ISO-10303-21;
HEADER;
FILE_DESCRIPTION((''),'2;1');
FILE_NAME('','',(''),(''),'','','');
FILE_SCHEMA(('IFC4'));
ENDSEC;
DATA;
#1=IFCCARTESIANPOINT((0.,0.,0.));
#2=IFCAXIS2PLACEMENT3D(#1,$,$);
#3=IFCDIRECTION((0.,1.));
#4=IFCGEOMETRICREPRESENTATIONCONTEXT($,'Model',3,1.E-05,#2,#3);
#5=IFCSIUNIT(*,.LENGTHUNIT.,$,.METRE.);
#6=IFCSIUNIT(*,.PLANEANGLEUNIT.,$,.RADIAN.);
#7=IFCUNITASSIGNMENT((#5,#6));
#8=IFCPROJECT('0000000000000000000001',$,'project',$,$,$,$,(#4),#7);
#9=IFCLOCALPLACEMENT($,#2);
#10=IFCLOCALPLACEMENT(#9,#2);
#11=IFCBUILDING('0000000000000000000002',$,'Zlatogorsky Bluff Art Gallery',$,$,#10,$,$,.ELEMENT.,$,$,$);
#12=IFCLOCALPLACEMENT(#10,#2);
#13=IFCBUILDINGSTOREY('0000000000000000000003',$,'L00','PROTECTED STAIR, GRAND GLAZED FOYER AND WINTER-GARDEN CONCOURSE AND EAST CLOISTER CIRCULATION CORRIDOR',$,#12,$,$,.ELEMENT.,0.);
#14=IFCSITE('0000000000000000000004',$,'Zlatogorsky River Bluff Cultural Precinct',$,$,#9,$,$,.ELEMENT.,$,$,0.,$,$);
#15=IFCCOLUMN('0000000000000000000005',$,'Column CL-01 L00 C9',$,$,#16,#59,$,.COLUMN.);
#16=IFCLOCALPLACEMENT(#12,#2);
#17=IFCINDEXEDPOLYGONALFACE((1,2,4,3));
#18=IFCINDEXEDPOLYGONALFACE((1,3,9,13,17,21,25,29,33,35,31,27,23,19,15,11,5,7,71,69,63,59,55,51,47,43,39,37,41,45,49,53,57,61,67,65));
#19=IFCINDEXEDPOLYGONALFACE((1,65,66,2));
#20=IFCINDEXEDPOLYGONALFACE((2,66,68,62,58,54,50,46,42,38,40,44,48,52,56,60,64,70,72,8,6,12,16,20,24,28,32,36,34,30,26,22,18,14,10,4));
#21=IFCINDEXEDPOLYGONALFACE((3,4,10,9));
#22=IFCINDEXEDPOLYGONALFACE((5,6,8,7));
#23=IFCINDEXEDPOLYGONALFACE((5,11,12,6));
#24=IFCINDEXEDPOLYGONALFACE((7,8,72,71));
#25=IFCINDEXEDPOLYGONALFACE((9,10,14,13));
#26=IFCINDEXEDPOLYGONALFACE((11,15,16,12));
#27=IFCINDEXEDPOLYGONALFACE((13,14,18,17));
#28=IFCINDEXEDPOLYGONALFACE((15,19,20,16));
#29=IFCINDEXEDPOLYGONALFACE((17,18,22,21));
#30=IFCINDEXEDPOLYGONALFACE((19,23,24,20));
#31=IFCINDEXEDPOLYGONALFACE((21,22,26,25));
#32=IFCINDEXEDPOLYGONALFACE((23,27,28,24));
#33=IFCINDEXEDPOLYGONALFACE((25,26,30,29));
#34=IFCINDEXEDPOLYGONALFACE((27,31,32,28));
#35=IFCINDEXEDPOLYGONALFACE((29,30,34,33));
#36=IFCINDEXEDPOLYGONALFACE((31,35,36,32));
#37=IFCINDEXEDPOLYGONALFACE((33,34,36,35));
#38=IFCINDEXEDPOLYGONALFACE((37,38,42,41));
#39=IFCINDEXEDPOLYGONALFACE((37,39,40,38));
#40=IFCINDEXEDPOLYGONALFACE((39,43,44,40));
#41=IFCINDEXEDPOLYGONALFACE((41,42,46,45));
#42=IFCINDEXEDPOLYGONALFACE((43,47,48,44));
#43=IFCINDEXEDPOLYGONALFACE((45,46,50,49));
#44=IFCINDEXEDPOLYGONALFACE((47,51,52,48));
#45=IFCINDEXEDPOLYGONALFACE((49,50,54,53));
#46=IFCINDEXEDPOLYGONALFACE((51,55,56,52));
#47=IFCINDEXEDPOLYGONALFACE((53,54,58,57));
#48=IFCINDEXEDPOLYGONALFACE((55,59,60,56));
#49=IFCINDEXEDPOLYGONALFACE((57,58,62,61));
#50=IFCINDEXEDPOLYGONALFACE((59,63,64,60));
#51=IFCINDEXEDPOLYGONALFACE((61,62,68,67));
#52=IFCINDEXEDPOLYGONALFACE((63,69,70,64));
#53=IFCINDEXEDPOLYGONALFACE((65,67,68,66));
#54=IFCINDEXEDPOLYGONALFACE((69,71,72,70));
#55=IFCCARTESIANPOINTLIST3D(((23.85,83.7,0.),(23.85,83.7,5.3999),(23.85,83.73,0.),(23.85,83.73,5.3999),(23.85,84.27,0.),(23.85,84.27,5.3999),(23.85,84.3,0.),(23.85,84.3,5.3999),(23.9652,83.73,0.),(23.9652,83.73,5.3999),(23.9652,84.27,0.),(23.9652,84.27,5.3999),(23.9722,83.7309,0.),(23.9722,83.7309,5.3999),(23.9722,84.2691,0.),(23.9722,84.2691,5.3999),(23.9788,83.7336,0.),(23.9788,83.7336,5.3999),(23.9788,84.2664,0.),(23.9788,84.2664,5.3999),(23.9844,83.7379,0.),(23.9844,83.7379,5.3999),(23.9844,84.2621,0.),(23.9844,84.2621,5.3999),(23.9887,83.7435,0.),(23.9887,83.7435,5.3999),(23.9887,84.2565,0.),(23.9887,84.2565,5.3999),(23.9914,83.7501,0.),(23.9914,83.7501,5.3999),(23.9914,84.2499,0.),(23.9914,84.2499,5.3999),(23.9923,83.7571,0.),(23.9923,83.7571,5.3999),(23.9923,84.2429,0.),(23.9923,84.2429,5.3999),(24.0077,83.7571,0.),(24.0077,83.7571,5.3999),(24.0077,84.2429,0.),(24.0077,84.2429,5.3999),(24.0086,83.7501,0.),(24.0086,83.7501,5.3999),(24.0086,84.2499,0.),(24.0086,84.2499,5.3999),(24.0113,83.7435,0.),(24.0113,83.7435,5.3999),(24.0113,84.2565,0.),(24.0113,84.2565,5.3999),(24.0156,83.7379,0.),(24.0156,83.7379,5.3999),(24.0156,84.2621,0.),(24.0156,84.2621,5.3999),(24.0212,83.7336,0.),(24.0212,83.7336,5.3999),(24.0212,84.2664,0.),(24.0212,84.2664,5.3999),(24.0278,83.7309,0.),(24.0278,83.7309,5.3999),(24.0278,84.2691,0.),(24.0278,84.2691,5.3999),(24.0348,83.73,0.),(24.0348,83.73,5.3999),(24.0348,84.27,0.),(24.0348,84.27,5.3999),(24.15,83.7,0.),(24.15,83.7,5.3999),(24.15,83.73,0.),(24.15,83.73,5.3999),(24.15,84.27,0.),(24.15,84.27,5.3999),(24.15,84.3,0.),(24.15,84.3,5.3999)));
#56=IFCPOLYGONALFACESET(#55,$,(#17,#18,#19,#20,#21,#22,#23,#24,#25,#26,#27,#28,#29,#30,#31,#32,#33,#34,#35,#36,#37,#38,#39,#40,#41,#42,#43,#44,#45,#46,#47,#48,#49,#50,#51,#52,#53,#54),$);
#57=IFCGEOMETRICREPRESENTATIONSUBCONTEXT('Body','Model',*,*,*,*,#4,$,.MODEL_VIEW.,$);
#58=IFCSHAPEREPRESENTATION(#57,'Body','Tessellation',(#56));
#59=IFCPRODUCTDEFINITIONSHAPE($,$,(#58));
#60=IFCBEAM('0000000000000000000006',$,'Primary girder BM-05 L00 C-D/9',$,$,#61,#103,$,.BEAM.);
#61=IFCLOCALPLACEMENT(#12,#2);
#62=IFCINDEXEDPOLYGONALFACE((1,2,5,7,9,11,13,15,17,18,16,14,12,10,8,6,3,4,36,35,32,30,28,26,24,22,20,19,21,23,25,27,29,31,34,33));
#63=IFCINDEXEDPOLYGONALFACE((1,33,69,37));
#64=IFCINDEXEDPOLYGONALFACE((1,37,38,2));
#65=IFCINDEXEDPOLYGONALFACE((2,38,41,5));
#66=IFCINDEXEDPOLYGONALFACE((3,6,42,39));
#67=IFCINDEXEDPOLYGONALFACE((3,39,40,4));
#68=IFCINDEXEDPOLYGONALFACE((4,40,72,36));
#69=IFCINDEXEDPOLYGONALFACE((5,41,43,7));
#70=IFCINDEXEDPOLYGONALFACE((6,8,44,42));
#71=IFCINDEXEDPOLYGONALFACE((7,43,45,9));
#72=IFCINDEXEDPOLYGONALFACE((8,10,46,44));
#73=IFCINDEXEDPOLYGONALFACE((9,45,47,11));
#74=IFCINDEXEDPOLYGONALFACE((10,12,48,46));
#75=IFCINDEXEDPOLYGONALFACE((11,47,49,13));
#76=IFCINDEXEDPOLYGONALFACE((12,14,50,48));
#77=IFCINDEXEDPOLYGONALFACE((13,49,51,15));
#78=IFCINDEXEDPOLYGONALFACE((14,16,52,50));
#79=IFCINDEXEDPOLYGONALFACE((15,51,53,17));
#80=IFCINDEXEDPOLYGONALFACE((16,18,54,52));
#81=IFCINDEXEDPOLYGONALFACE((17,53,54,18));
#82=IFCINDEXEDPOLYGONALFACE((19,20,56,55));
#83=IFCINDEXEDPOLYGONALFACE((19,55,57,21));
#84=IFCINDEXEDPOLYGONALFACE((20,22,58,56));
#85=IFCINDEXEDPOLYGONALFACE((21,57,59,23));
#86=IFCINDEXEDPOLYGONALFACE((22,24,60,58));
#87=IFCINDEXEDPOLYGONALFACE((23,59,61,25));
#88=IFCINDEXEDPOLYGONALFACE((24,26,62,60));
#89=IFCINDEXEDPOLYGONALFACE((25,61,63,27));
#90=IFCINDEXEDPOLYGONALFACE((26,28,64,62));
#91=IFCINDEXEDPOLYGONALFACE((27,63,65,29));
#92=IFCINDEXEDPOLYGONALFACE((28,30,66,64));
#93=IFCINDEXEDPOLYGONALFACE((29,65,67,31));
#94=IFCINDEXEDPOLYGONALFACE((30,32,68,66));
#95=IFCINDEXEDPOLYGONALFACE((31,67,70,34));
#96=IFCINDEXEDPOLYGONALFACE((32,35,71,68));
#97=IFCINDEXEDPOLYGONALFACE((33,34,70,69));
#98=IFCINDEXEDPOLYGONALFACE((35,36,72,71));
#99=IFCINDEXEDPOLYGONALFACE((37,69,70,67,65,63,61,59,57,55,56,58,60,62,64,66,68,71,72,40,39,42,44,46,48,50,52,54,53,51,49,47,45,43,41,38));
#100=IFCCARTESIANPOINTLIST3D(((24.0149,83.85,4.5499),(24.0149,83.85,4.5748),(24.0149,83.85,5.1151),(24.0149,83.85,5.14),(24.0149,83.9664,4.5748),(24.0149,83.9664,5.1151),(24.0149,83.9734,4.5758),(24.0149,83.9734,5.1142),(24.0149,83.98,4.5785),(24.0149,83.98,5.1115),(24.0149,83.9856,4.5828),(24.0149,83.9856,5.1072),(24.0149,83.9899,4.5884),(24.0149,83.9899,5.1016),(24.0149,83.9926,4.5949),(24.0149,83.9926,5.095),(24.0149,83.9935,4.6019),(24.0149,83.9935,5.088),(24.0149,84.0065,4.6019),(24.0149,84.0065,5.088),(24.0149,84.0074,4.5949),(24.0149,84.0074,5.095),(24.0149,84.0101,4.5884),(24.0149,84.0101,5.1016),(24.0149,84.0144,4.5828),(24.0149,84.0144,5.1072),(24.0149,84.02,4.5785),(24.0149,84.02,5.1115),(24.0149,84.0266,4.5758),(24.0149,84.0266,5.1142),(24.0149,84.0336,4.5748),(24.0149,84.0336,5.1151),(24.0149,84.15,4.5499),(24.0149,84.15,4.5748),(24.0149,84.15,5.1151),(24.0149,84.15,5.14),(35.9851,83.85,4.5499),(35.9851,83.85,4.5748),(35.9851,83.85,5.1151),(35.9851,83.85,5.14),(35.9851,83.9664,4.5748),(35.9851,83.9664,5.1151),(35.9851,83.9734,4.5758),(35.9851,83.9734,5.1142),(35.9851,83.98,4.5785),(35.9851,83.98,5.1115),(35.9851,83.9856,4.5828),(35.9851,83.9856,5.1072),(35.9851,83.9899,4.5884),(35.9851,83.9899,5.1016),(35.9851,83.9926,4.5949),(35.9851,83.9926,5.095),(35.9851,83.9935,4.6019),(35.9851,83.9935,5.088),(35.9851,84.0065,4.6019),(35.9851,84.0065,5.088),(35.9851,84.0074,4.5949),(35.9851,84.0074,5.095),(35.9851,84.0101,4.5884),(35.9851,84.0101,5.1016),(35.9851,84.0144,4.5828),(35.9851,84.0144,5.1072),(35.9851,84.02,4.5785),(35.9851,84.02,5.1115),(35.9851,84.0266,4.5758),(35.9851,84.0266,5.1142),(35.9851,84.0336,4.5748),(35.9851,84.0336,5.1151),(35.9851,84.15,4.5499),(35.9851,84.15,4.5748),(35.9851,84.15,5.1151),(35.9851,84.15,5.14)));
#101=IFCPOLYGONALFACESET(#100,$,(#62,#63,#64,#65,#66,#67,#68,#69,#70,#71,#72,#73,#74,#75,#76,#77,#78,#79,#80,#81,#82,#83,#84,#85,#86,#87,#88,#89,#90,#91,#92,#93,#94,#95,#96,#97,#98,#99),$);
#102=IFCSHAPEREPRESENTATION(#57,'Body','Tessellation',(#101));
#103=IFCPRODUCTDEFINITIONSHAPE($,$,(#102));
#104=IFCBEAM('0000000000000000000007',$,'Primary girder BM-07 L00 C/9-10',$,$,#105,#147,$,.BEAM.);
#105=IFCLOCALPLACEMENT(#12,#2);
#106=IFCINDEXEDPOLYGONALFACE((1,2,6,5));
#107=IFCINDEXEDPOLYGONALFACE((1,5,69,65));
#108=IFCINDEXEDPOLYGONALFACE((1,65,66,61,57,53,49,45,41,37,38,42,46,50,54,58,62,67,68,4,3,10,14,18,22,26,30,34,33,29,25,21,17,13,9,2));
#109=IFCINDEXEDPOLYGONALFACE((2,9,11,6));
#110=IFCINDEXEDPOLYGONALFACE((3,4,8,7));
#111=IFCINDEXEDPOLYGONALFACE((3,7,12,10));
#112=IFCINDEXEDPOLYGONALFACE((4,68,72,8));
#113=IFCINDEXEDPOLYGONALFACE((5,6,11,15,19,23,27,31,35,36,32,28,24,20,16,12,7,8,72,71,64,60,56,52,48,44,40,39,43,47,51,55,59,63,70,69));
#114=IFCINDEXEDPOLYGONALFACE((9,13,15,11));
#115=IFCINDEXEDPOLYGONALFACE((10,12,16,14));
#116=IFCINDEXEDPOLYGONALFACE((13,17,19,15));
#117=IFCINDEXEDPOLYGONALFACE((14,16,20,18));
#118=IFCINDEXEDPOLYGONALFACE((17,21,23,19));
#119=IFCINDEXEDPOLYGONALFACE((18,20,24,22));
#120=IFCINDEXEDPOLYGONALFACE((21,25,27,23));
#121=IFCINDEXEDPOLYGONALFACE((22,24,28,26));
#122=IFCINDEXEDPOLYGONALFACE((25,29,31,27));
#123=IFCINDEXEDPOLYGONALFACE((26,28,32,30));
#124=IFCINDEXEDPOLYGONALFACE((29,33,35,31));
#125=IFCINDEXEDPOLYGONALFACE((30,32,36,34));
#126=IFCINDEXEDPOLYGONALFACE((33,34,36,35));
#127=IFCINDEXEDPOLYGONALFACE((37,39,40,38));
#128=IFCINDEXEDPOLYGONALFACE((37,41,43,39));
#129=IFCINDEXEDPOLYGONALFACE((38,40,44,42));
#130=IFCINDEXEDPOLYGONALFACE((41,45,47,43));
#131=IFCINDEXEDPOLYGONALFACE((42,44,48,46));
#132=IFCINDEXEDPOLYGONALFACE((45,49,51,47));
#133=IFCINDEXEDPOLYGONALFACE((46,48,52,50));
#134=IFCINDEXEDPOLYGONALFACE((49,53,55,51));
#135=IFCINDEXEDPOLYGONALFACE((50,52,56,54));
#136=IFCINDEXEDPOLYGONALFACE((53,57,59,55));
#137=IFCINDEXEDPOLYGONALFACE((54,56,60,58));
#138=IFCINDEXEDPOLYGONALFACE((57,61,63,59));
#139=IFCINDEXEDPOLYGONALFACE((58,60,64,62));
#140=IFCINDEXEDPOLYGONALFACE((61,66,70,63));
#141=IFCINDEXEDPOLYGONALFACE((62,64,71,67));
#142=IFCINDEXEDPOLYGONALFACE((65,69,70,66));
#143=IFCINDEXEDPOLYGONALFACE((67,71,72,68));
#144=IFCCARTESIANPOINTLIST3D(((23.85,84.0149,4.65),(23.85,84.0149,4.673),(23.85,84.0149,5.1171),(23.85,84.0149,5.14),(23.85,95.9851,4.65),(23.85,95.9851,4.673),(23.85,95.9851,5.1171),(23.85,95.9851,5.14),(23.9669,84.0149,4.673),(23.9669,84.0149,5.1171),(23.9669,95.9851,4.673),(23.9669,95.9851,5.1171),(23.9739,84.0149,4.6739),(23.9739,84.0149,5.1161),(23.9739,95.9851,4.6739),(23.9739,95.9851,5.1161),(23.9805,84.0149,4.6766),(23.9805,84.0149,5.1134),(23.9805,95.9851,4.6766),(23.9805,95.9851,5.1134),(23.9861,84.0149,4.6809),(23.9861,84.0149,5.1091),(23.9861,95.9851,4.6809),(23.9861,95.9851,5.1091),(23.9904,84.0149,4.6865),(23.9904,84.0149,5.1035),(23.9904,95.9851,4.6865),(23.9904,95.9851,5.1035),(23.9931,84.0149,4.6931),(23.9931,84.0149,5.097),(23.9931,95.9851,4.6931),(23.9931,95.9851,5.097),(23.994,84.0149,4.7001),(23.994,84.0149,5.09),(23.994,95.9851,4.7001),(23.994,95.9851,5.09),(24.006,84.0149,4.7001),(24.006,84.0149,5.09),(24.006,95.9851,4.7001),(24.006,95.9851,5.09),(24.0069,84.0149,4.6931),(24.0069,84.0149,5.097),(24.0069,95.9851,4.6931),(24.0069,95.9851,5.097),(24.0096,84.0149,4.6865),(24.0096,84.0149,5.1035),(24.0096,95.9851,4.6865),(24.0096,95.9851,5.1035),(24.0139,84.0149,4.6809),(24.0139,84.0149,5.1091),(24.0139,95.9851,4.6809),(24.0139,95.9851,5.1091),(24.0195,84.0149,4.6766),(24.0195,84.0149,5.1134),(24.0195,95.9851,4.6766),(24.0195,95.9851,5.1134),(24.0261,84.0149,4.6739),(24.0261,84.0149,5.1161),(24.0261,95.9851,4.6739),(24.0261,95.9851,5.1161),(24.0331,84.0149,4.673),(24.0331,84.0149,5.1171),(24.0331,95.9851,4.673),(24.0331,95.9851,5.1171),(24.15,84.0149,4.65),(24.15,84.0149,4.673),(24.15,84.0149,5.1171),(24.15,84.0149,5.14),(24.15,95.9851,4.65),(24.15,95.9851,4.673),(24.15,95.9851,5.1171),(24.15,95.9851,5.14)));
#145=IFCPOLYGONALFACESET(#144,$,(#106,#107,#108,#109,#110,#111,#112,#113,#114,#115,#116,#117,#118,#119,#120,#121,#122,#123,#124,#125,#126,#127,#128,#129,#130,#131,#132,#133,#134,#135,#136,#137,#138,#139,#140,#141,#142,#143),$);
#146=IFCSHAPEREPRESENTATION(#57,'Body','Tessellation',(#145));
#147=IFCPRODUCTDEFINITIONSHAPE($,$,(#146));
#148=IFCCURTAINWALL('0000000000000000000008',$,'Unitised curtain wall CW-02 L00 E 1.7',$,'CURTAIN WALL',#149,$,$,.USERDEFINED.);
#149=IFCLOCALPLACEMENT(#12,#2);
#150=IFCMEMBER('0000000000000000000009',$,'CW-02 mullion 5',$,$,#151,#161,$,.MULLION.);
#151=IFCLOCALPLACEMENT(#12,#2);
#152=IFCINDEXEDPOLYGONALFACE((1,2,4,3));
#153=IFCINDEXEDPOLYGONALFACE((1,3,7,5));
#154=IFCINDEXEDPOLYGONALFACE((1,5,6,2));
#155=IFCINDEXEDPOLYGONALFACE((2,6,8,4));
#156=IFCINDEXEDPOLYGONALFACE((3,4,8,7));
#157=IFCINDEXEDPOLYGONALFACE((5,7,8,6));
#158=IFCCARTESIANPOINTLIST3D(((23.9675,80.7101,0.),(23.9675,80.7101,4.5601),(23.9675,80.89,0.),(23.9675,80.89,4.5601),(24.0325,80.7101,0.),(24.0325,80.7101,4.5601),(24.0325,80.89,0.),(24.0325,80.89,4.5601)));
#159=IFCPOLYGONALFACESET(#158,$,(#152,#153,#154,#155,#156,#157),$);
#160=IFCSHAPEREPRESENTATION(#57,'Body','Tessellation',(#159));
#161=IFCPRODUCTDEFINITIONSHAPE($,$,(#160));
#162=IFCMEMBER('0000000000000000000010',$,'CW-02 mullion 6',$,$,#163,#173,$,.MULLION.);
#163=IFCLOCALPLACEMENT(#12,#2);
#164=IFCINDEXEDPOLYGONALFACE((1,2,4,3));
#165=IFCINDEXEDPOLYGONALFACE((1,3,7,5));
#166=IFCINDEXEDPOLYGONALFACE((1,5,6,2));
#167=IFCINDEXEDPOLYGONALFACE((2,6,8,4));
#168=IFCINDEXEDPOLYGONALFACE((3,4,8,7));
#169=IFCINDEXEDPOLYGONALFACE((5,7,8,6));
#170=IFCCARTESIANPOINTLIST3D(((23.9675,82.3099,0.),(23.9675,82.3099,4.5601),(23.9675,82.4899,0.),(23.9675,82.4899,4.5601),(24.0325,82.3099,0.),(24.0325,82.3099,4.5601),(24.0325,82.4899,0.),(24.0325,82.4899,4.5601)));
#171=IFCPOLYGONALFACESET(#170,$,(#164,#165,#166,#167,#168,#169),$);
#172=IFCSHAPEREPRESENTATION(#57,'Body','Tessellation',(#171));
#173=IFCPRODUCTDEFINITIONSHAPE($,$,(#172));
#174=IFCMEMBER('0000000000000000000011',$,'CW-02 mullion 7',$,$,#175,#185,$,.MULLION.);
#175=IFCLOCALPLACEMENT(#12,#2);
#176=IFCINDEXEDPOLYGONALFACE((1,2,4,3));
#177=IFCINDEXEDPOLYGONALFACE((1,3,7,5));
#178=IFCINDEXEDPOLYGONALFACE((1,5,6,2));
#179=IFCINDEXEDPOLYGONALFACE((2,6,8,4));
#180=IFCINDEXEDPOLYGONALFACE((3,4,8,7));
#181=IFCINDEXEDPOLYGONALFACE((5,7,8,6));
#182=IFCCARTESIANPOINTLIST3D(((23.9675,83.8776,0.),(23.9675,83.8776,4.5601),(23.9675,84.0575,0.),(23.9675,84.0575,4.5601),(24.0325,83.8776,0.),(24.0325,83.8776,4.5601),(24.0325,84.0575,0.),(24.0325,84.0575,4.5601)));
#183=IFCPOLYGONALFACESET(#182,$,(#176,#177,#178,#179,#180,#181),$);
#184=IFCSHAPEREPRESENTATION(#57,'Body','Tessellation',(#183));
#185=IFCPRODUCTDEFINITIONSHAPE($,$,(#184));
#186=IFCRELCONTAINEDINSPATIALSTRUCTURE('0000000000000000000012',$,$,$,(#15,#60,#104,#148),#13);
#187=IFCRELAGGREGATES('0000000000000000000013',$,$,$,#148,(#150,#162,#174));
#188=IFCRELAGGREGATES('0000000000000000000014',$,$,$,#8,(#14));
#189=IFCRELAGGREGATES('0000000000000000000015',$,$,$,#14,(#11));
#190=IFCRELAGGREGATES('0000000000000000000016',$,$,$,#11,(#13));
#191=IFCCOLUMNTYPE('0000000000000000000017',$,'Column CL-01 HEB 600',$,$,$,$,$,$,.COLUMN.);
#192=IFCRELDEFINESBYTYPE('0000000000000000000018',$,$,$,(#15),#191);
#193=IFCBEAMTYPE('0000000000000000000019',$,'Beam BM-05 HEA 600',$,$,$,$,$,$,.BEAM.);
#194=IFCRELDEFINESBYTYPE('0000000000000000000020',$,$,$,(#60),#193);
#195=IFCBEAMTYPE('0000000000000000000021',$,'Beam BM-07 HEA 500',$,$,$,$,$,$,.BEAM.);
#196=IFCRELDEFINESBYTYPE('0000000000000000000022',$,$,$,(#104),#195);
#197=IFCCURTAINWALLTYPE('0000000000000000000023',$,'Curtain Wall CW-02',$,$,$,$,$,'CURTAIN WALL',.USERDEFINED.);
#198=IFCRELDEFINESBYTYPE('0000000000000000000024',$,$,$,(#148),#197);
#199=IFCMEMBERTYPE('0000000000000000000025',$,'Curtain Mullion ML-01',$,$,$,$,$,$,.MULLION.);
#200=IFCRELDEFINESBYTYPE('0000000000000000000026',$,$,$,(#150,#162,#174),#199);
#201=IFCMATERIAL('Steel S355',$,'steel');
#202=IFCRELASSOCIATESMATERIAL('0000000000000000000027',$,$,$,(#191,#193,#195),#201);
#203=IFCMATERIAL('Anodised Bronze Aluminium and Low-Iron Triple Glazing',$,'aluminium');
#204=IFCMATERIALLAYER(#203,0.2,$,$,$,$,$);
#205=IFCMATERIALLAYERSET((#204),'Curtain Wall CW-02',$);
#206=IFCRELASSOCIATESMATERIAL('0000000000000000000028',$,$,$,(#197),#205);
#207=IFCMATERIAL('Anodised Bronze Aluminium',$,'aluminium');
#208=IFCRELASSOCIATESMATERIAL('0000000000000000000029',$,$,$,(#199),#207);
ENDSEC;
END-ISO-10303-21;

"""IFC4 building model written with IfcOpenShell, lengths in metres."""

from ifc_helpers import new_model, si_unit, direction, frame, origin, origin_2d, place, context, subcontext, project, spatial, rectangle, i_section, extrude, material, layer, layer_set, material_profile, profile_set, type_object, element, aggregate, save


model = new_model("IFC4")

# Units and contexts
model_context = context("Model", 3, precision=1e-05, world=origin(), true_north=direction((0.0, 1.0)))
body_context = subcontext(model_context, "Body", "Model", "MODEL_VIEW")
ifc_project = project(units=[si_unit("LENGTHUNIT", "METRE"), si_unit("PLANEANGLEUNIT", "RADIAN")], contexts=[model_context])

# Site, building, storey
site_placement = place(None, origin())
site = spatial("IfcSite", under=ifc_project, at=site_placement, Name="Zlatogorsky River Bluff Cultural Precinct", CompositionType="ELEMENT", RefElevation=0.0)
building_placement = place(site_placement, origin())
building = spatial("IfcBuilding", under=site, at=building_placement, Name="Zlatogorsky Bluff Art Gallery", CompositionType="ELEMENT")
storey_placement = place(building_placement, origin())
storey = spatial("IfcBuildingStorey", under=building, at=storey_placement, Name="L00", Description="PROTECTED STAIR, GRAND GLAZED FOYER AND WINTER-GARDEN CONCOURSE AND EAST CLOISTER CIRCULATION CORRIDOR", CompositionType="ELEMENT", Elevation=0.0)

# Column
ifc_material_1 = material(Name="Steel S355", Category="steel")
ifc_material_profile_1 = material_profile(ifc_material_1, i_section(OverallWidth=0.3, OverallDepth=0.6001, WebThickness=0.0154, FlangeThickness=0.03, FilletRadius=0.0271, at=origin_2d()), Name="HEB 600")
ifc_profile_set_1 = profile_set([ifc_material_profile_1], Name="Steel S355")
column_type = type_object("IfcColumnType", Name="Column CL-01 HEB 600", PredefinedType="COLUMN", material=ifc_profile_set_1)
column_placement = place(storey_placement, frame((24.0, 84.0, 0.0), z_axis=(0.0, 0.0, 1.0), x_axis=(1.0, 0.0, 0.0)))
element("IfcColumn", 1, at=column_placement, inside=storey, type_object=column_type, Name="Column CL-01 L00 C9", PredefinedType="COLUMN", context=body_context, shape_type="SweptSolid", body=[
    extrude(i_section(OverallWidth=0.3, OverallDepth=0.6001, WebThickness=0.0154, FlangeThickness=0.03, FilletRadius=0.0271, at=origin_2d()), origin(), (0.0, 0.0, 1.0), 5.3999),
])

# Beams
ifc_material_profile_2 = material_profile(ifc_material_1, i_section(OverallWidth=0.3, OverallDepth=0.5901, WebThickness=0.0129, FlangeThickness=0.0249, FilletRadius=0.0271, at=origin_2d()), Name="HEA 600")
ifc_profile_set_2 = profile_set([ifc_material_profile_2], Name="Steel S355")
beam_type_1 = type_object("IfcBeamType", Name="Beam BM-05 HEA 600", PredefinedType="BEAM", material=ifc_profile_set_2)
beam_1_placement = place(storey_placement, frame((24.0149, 84.0, 4.845), z_axis=(1.0, 0.0, 0.0), x_axis=(0.0, 1.0, 0.0)))
element("IfcBeam", 2, at=beam_1_placement, inside=storey, type_object=beam_type_1, Name="Primary girder BM-05 L00 C-D/9", PredefinedType="BEAM", context=body_context, shape_type="SweptSolid", body=[
    extrude(i_section(OverallWidth=0.3, OverallDepth=0.5901, WebThickness=0.0129, FlangeThickness=0.0249, FilletRadius=0.0271, at=origin_2d()), origin(), (0.0, 0.0, 1.0), 11.9702),
])
ifc_material_profile_3 = material_profile(ifc_material_1, i_section(OverallWidth=0.3, OverallDepth=0.49, WebThickness=0.012, FlangeThickness=0.0229, FilletRadius=0.0271, at=origin_2d()), Name="HEA 500")
ifc_profile_set_3 = profile_set([ifc_material_profile_3], Name="Steel S355")
beam_type_2 = type_object("IfcBeamType", Name="Beam BM-07 HEA 500", PredefinedType="BEAM", material=ifc_profile_set_3)
beam_2_placement = place(storey_placement, frame((24.0, 84.0149, 4.895), z_axis=(0.0, 1.0, 0.0), x_axis=(-1.0, 0.0, 0.0)))
element("IfcBeam", 3, at=beam_2_placement, inside=storey, type_object=beam_type_2, Name="Primary girder BM-07 L00 C/9-10", PredefinedType="BEAM", context=body_context, shape_type="SweptSolid", body=[
    extrude(i_section(OverallWidth=0.3, OverallDepth=0.49, WebThickness=0.012, FlangeThickness=0.0229, FilletRadius=0.0271, at=origin_2d()), origin(), (0.0, 0.0, 1.0), 11.9702),
])

# Curtain wall, members
ifc_material_2 = material(Name="Anodised Bronze Aluminium and Low-Iron Triple Glazing", Category="aluminium")
ifc_layer_1 = layer(ifc_material_2, 0.2)
ifc_layer_set_1 = layer_set([ifc_layer_1], Name="Curtain Wall CW-02")
curtain_wall_type_1 = type_object("IfcCurtainWallType", Name="Curtain Wall CW-02", ElementType="CURTAIN WALL", PredefinedType="USERDEFINED", material=ifc_layer_set_1)
curtain_wall_1_placement = place(storey_placement, origin())
curtain_wall_1 = element("IfcCurtainWall", 4, at=curtain_wall_1_placement, inside=storey, type_object=curtain_wall_type_1, Name="Unitised curtain wall CW-02 L00 E 1.7", ObjectType="CURTAIN WALL", PredefinedType="USERDEFINED")
ifc_material_3 = material(Name="Anodised Bronze Aluminium", Category="aluminium")
ifc_material_profile_4 = material_profile(ifc_material_3, rectangle(XDim=0.0649, YDim=0.1799, at=origin_2d()), Name="ALU MULLION 65x180")
ifc_profile_set_4 = profile_set([ifc_material_profile_4], Name="Anodised Bronze Aluminium")
member_type_1 = type_object("IfcMemberType", Name="Curtain Mullion ML-01", PredefinedType="MULLION", material=ifc_profile_set_4)
member_1_placement = place(storey_placement, frame((24.0, 80.8, 0.0), z_axis=(0.0, 0.0, 1.0), x_axis=(-1.0, 0.0, 0.0)))
member_1 = element("IfcMember", 5, at=member_1_placement, type_object=member_type_1, Name="CW-02 mullion 5", PredefinedType="MULLION", context=body_context, shape_type="SweptSolid", body=[
    extrude(rectangle(XDim=0.0649, YDim=0.1799, at=origin_2d()), origin(), (0.0, 0.0, 1.0), 4.5601),
])
member_2_placement = place(storey_placement, frame((24.0, 82.3999, 0.0), z_axis=(0.0, 0.0, 1.0), x_axis=(-1.0, 0.0, 0.0)))
member_2 = element("IfcMember", 6, at=member_2_placement, type_object=member_type_1, Name="CW-02 mullion 6", PredefinedType="MULLION", context=body_context, shape_type="SweptSolid", body=[
    extrude(rectangle(XDim=0.0649, YDim=0.1799, at=origin_2d()), origin(), (0.0, 0.0, 1.0), 4.5601),
])
member_3_placement = place(storey_placement, frame((24.0, 83.9675, 0.0), z_axis=(0.0, 0.0, 1.0), x_axis=(-1.0, 0.0, 0.0)))
member_3 = element("IfcMember", 7, at=member_3_placement, type_object=member_type_1, Name="CW-02 mullion 7", PredefinedType="MULLION", context=body_context, shape_type="SweptSolid", body=[
    extrude(rectangle(XDim=0.0649, YDim=0.1799, at=origin_2d()), origin(), (0.0, 0.0, 1.0), 4.5601),
])

aggregate(curtain_wall_1, [member_1, member_2, member_3])

save(model, "model.ifc")
